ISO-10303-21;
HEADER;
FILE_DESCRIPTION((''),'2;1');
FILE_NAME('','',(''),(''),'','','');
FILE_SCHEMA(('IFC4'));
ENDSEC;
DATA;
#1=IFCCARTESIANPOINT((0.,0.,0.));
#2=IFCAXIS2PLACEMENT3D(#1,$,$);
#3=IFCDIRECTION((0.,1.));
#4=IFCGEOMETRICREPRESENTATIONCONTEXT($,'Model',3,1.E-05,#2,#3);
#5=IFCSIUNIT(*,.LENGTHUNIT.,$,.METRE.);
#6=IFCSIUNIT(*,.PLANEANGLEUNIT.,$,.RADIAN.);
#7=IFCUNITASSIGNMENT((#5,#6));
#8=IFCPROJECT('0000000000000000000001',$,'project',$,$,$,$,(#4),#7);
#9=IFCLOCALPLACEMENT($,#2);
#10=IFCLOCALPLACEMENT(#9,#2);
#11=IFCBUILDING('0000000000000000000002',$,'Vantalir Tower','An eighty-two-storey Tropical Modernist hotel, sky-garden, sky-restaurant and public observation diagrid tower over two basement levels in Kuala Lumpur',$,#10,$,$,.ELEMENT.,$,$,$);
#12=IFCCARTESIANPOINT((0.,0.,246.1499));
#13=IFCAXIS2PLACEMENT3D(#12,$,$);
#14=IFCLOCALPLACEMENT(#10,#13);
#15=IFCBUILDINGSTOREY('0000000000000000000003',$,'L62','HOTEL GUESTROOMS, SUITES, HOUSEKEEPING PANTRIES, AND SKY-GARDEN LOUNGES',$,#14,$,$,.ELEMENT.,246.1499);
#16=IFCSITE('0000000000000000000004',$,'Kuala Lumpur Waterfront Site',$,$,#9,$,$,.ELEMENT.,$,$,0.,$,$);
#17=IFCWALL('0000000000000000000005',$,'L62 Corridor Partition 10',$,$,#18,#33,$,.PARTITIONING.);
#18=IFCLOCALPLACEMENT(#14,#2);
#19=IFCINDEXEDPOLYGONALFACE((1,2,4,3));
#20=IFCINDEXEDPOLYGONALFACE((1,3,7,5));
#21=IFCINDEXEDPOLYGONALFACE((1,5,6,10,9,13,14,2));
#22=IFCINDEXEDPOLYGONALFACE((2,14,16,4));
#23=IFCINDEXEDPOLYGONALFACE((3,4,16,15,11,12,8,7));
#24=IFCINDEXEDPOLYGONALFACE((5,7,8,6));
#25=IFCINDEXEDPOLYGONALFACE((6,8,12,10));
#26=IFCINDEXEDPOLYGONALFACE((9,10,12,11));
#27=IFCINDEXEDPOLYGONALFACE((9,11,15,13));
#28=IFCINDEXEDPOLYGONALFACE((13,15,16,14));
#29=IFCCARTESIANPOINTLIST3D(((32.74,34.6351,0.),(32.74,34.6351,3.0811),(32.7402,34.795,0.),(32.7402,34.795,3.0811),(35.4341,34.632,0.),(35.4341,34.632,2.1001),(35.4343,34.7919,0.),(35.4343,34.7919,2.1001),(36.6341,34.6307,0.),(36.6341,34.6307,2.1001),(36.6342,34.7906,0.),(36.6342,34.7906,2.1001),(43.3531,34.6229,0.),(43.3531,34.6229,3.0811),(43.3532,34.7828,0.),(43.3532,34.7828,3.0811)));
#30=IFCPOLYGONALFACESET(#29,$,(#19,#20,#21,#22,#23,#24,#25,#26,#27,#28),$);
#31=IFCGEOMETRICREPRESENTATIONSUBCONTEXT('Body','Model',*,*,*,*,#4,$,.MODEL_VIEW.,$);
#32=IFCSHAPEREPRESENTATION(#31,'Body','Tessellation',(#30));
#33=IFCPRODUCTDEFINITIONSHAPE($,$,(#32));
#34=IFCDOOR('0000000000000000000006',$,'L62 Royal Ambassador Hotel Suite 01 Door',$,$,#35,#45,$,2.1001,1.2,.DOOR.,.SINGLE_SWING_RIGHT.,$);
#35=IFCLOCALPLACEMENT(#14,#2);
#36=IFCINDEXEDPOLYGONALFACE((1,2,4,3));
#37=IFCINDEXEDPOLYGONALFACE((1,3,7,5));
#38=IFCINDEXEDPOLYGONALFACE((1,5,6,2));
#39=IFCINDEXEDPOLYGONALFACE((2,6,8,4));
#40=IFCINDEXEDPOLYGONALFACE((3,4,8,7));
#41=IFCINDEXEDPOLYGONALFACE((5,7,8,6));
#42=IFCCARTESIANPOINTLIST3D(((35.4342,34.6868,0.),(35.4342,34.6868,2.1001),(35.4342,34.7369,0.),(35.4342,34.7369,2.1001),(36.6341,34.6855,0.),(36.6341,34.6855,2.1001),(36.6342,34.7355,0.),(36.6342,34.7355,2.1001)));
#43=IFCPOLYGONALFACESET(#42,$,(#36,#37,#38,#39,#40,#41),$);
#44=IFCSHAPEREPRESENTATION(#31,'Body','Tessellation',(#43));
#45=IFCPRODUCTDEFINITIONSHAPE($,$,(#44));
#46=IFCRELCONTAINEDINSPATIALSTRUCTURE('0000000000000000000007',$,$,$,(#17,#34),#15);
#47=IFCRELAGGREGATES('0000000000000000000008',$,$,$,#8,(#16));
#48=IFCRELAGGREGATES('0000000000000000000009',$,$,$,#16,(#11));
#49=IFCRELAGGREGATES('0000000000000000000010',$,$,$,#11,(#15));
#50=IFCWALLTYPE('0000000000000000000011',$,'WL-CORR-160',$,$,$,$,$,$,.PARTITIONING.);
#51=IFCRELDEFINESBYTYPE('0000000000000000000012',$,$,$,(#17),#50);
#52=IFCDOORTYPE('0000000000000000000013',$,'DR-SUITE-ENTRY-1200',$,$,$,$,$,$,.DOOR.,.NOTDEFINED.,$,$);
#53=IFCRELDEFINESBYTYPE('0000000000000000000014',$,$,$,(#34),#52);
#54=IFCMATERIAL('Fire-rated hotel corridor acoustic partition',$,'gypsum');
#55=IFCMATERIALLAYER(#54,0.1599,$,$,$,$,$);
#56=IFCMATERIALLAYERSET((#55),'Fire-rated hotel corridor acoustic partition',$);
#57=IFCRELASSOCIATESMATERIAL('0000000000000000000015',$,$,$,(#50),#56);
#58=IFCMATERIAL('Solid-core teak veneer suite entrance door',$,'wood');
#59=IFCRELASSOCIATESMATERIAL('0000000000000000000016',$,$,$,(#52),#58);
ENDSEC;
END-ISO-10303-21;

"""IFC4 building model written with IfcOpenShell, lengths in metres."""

from ifc_helpers import new_model, si_unit, direction, frame, frame_2d, origin, place, context, subcontext, project, spatial, rectangle, extrude, material, layer, layer_set, type_object, element, fill, save


model = new_model("IFC4")

# Units and contexts
model_context = context("Model", 3, precision=1e-05, world=origin(), true_north=direction((0.0, 1.0)))
body_context = subcontext(model_context, "Body", "Model", "MODEL_VIEW")
ifc_project = project(units=[si_unit("LENGTHUNIT", "METRE"), si_unit("PLANEANGLEUNIT", "RADIAN")], contexts=[model_context])

# Site, building, storey
site_placement = place(None, origin())
site = spatial("IfcSite", under=ifc_project, at=site_placement, Name="Kuala Lumpur Waterfront Site", CompositionType="ELEMENT", RefElevation=0.0)
building_placement = place(site_placement, origin())
building = spatial("IfcBuilding", under=site, at=building_placement, Name="Vantalir Tower", Description="An eighty-two-storey Tropical Modernist hotel, sky-garden, sky-restaurant and public observation diagrid tower over two basement levels in Kuala Lumpur", CompositionType="ELEMENT")
storey_placement = place(building_placement, frame((0.0, 0.0, 246.1499)))
storey = spatial("IfcBuildingStorey", under=building, at=storey_placement, Name="L62", Description="HOTEL GUESTROOMS, SUITES, HOUSEKEEPING PANTRIES, AND SKY-GARDEN LOUNGES", CompositionType="ELEMENT", Elevation=246.1499)

# Shared definitions
ifc_material_1 = material(Name="Fire-rated hotel corridor acoustic partition", Category="gypsum")
ifc_layer_1 = layer(ifc_material_1, 0.1599)
ifc_layer_set_1 = layer_set([ifc_layer_1], Name="Fire-rated hotel corridor acoustic partition")
wall_type_1 = type_object("IfcWallType", Name="WL-CORR-160", PredefinedType="PARTITIONING", material=ifc_layer_set_1)

# Wall, opening, door
wall_1_placement = place(storey_placement, frame((32.74, 34.7151, 0.0), z_axis=(0.0, 0.0, 1.0), x_axis=(0.999999, -0.00115, 0.0)))
wall_1 = element("IfcWall", 1, at=wall_1_placement, inside=storey, type_object=wall_type_1, Name="L62 Corridor Partition 10", PredefinedType="PARTITIONING", context=body_context, shape_type="SweptSolid", body=[
    extrude(rectangle(XDim=10.613, YDim=0.1599, at=frame_2d((5.3066, 0.0))), origin(), (0.0, 0.0, 1.0), 3.0811),
])
opening_1_placement = place(wall_1_placement, frame((2.6941, 0.0, 0.0)))
opening_1 = element("IfcOpeningElement", 2, at=opening_1_placement, cuts=wall_1, PredefinedType="OPENING", context=body_context, shape_type="SweptSolid", body=[
    extrude(rectangle(XDim=1.2, YDim=2.1001, at=frame_2d((0.6001, 1.05))), frame((0.0, 0.0898, 0.0), z_axis=(0.0, -1.0, 0.0), x_axis=(1.0, 0.0, 0.0)), (0.0, 0.0, 1.0), 0.1799),
])
ifc_material_2 = material(Name="Solid-core teak veneer suite entrance door", Category="wood")
door_type_1 = type_object("IfcDoorType", Name="DR-SUITE-ENTRY-1200", OperationType="NOTDEFINED", PredefinedType="DOOR", material=ifc_material_2)
door_1_placement = place(opening_1_placement, origin())
door_1 = element("IfcDoor", 3, at=door_1_placement, inside=storey, type_object=door_type_1, Name="L62 Royal Ambassador Hotel Suite 01 Door", OperationType="SINGLE_SWING_RIGHT", OverallHeight=2.1001, OverallWidth=1.2, PredefinedType="DOOR", context=body_context, shape_type="SweptSolid", body=[
    extrude(rectangle(XDim=1.2, YDim=2.1001, at=frame_2d((0.6001, 1.05))), frame((0.0, 0.0249, 0.0), z_axis=(0.0, -1.0, 0.0), x_axis=(1.0, 0.0, 0.0)), (0.0, 0.0, 1.0), 0.05),
])
fill(opening_1, door_1)

save(model, "model.ifc")
